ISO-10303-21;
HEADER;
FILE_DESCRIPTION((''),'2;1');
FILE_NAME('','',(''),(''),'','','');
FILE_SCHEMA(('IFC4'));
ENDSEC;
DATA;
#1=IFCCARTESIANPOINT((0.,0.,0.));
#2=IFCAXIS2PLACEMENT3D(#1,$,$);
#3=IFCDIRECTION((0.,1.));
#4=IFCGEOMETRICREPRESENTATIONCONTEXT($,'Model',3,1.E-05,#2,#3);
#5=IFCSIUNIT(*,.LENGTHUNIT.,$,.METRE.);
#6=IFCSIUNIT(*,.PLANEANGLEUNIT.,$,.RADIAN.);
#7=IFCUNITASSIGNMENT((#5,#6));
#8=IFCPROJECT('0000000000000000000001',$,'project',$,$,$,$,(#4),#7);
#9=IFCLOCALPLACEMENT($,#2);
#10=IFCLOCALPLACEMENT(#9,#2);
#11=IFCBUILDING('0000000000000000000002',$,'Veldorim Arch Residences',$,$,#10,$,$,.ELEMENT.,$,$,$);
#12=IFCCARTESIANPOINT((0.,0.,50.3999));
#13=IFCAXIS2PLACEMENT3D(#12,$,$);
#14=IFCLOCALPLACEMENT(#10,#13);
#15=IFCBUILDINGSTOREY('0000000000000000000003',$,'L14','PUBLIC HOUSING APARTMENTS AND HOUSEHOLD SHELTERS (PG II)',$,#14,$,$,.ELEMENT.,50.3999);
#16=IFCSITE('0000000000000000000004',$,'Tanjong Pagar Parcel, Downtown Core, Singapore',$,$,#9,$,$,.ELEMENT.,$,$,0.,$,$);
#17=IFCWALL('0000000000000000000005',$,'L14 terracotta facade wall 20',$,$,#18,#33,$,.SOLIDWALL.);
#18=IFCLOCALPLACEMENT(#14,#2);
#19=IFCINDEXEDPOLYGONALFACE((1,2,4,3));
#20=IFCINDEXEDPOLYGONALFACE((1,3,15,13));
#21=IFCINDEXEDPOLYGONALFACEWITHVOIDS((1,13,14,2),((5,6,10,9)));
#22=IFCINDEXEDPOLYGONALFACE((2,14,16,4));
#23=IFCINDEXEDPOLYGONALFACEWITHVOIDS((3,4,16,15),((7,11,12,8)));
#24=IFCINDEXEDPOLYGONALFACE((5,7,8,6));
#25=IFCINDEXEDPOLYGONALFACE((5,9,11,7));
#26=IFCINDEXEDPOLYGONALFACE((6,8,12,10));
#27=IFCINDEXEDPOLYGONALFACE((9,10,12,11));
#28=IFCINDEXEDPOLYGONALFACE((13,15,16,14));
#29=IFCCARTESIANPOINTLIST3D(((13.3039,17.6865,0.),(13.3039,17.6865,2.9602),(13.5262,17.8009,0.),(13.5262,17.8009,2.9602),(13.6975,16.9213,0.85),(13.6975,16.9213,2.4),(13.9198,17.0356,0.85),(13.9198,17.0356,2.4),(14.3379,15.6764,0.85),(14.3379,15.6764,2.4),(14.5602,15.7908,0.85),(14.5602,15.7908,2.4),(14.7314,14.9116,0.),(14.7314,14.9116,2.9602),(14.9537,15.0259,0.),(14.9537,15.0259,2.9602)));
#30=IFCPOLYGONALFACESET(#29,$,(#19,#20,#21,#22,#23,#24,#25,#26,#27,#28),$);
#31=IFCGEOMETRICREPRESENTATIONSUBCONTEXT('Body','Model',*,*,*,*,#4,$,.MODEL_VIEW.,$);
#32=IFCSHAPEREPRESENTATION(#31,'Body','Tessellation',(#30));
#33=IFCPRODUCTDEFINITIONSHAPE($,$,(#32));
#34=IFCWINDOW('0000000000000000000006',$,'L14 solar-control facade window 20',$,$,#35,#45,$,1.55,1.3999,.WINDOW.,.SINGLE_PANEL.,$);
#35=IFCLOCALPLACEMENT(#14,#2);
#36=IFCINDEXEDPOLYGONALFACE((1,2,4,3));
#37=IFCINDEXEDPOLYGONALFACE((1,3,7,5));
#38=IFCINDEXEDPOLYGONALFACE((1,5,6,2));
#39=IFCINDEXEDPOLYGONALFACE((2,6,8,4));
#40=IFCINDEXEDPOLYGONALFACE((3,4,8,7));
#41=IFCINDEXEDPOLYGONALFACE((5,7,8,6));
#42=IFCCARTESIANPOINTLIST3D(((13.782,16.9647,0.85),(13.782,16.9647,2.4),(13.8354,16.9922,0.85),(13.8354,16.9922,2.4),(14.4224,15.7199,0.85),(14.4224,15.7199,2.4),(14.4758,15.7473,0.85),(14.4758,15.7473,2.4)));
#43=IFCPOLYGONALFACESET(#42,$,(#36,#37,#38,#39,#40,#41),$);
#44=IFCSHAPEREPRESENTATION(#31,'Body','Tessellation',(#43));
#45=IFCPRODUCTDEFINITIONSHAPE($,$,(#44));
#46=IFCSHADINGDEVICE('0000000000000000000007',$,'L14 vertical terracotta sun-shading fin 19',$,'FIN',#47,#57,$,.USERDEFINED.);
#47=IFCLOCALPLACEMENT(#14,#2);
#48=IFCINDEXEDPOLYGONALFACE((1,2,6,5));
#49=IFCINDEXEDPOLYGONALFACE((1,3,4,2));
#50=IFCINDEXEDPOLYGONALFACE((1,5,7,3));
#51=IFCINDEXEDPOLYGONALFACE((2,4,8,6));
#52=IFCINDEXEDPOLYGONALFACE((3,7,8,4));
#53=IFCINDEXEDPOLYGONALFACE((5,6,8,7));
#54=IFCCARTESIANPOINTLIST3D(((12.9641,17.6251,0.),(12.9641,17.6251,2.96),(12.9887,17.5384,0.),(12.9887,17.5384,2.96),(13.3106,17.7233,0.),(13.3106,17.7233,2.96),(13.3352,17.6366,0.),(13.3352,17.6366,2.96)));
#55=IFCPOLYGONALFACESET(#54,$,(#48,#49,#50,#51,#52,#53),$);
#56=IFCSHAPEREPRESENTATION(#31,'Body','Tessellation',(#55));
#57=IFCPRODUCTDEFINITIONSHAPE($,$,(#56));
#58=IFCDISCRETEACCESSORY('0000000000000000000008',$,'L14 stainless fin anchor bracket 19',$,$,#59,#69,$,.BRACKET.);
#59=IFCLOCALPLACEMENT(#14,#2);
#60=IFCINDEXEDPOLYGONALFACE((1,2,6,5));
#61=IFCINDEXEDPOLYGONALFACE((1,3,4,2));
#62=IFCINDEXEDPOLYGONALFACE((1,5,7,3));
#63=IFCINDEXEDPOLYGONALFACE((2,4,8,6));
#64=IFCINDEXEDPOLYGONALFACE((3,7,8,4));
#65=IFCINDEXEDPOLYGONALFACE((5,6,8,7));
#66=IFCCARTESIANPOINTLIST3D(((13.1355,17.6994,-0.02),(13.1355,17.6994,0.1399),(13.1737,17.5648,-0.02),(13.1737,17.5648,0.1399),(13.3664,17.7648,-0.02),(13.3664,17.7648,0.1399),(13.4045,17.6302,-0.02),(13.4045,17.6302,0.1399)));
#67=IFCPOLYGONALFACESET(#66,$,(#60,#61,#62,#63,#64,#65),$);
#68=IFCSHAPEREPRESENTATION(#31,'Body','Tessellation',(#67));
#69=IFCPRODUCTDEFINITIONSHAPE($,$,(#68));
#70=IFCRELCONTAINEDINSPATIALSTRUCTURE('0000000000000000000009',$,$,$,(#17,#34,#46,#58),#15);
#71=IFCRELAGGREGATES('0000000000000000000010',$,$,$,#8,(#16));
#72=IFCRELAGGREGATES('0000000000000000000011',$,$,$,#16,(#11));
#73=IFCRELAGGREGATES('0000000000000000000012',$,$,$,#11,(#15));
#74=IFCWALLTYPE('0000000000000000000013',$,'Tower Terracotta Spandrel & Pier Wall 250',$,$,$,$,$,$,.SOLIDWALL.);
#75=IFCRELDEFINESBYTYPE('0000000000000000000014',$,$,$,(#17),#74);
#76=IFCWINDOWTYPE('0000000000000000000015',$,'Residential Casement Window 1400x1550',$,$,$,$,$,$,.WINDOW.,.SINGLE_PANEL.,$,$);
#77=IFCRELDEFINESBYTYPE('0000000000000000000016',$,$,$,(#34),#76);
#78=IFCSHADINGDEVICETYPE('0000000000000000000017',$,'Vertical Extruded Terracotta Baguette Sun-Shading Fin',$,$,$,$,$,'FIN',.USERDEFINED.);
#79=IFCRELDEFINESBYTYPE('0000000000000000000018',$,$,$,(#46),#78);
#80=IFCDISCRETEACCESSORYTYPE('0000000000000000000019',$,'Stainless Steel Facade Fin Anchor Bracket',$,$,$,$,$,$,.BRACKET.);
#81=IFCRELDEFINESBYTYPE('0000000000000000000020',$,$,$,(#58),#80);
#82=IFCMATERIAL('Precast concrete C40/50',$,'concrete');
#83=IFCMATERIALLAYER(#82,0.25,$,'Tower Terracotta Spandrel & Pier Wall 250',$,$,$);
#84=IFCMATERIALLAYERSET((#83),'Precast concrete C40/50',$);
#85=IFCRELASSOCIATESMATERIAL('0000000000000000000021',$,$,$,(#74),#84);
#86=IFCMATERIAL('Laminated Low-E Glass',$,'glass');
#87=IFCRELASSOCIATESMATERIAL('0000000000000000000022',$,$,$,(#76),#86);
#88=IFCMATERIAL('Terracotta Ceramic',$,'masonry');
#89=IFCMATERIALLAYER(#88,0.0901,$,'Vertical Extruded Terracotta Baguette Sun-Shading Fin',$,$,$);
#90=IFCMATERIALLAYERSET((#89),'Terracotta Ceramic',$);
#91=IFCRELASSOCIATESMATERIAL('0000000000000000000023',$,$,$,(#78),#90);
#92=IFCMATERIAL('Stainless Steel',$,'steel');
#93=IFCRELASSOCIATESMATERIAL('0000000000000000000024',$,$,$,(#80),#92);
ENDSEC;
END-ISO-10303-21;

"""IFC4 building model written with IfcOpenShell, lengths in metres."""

from ifc_helpers import new_model, si_unit, direction, frame, frame_2d, origin, origin_2d, place, context, subcontext, project, spatial, rectangle, extrude, material, layer, layer_set, type_object, element, fill, save


model = new_model("IFC4")

# Units and contexts
model_context = context("Model", 3, precision=1e-05, world=origin(), true_north=direction((0.0, 1.0)))
body_context = subcontext(model_context, "Body", "Model", "MODEL_VIEW")
ifc_project = project(units=[si_unit("LENGTHUNIT", "METRE"), si_unit("PLANEANGLEUNIT", "RADIAN")], contexts=[model_context])

# Site, building, storey
site_placement = place(None, origin())
site = spatial("IfcSite", under=ifc_project, at=site_placement, Name="Tanjong Pagar Parcel, Downtown Core, Singapore", CompositionType="ELEMENT", RefElevation=0.0)
building_placement = place(site_placement, origin())
building = spatial("IfcBuilding", under=site, at=building_placement, Name="Veldorim Arch Residences", CompositionType="ELEMENT")
storey_placement = place(building_placement, frame((0.0, 0.0, 50.3999)))
storey = spatial("IfcBuildingStorey", under=building, at=storey_placement, Name="L14", Description="PUBLIC HOUSING APARTMENTS AND HOUSEHOLD SHELTERS (PG II)", CompositionType="ELEMENT", Elevation=50.3999)

# Wall, opening, window
ifc_material_1 = material(Name="Precast concrete C40/50", Category="concrete")
ifc_layer_1 = layer(ifc_material_1, 0.25, Name="Tower Terracotta Spandrel & Pier Wall 250")
ifc_layer_set_1 = layer_set([ifc_layer_1], Name="Precast concrete C40/50")
wall_type_1 = type_object("IfcWallType", Name="Tower Terracotta Spandrel & Pier Wall 250", PredefinedType="SOLIDWALL", material=ifc_layer_set_1)
ifc_material_2 = material(Name="Laminated Low-E Glass", Category="glass")
window_type = type_object("IfcWindowType", Name="Residential Casement Window 1400x1550", PartitioningType="SINGLE_PANEL", PredefinedType="WINDOW", material=ifc_material_2)
wall_1_placement = place(storey_placement, frame((14.8425, 14.9688, 0.0), z_axis=(0.0, 0.0, 1.0), x_axis=(-0.457449, 0.889236, 0.0)))
wall_1 = element("IfcWall", 1, at=wall_1_placement, inside=storey, type_object=wall_type_1, Name="L14 terracotta facade wall 20", PredefinedType="SOLIDWALL", context=body_context, shape_type="SweptSolid", body=[
    extrude(rectangle(XDim=3.1206, YDim=0.25, at=frame_2d((1.5603, 0.0))), origin(), (0.0, 0.0, 1.0), 2.9602),
])
opening_1_placement = place(wall_1_placement, frame((0.8601, 0.0, 0.8501)))
opening_1 = element("IfcOpeningElement", 2, at=opening_1_placement, cuts=wall_1, PredefinedType="OPENING", context=body_context, shape_type="SweptSolid", body=[
    extrude(rectangle(XDim=1.3999, YDim=1.55, at=frame_2d((0.7, 0.7749))), frame((0.0, 0.135, 0.0), z_axis=(0.0, -1.0, 0.0), x_axis=(1.0, 0.0, 0.0)), (0.0, 0.0, 1.0), 0.27),
])
window_1_placement = place(opening_1_placement, origin())
window_1 = element("IfcWindow", 3, at=window_1_placement, inside=storey, type_object=window_type, Name="L14 solar-control facade window 20", OverallHeight=1.55, OverallWidth=1.3999, PartitioningType="SINGLE_PANEL", PredefinedType="WINDOW", context=body_context, shape_type="SweptSolid", body=[
    extrude(rectangle(XDim=1.3999, YDim=1.55, at=frame_2d((0.7, 0.7749))), frame((0.0, 0.03, 0.0), z_axis=(0.0, -1.0, 0.0), x_axis=(1.0, 0.0, 0.0)), (0.0, 0.0, 1.0), 0.0601),
])
fill(opening_1, window_1)

# Shading device
ifc_material_3 = material(Name="Terracotta Ceramic", Category="masonry")
ifc_layer_2 = layer(ifc_material_3, 0.0901, Name="Vertical Extruded Terracotta Baguette Sun-Shading Fin")
ifc_layer_set_2 = layer_set([ifc_layer_2], Name="Terracotta Ceramic")
shading_device_type = type_object("IfcShadingDeviceType", Name="Vertical Extruded Terracotta Baguette Sun-Shading Fin", ElementType="FIN", PredefinedType="USERDEFINED", material=ifc_layer_set_2)
shading_device_placement = place(storey_placement, frame((13.1497, 17.6309, 0.0), z_axis=(0.0, 0.0, 1.0), x_axis=(-0.272784, 0.962075, 0.0)))
element("IfcShadingDevice", 4, at=shading_device_placement, inside=storey, type_object=shading_device_type, Name="L14 vertical terracotta sun-shading fin 19", ObjectType="FIN", PredefinedType="USERDEFINED", context=body_context, shape_type="SweptSolid", body=[
    extrude(rectangle(XDim=0.0901, YDim=0.3601, at=origin_2d()), origin(), (0.0, 0.0, 1.0), 2.96),
])

# Discrete accessory
ifc_material_4 = material(Name="Stainless Steel", Category="steel")
discrete_accessory_type = type_object("IfcDiscreteAccessoryType", Name="Stainless Steel Facade Fin Anchor Bracket", PredefinedType="BRACKET", material=ifc_material_4)
discrete_accessory_placement = place(storey_placement, frame((13.27, 17.6648, -0.02), z_axis=(0.0, 0.0, 1.0), x_axis=(-0.272784, 0.962075, 0.0)))
element("IfcDiscreteAccessory", 5, at=discrete_accessory_placement, inside=storey, type_object=discrete_accessory_type, Name="L14 stainless fin anchor bracket 19", PredefinedType="BRACKET", context=body_context, shape_type="SweptSolid", body=[
    extrude(rectangle(XDim=0.1399, YDim=0.24, at=origin_2d()), origin(), (0.0, 0.0, 1.0), 0.1599),
])

save(model, "model.ifc")
